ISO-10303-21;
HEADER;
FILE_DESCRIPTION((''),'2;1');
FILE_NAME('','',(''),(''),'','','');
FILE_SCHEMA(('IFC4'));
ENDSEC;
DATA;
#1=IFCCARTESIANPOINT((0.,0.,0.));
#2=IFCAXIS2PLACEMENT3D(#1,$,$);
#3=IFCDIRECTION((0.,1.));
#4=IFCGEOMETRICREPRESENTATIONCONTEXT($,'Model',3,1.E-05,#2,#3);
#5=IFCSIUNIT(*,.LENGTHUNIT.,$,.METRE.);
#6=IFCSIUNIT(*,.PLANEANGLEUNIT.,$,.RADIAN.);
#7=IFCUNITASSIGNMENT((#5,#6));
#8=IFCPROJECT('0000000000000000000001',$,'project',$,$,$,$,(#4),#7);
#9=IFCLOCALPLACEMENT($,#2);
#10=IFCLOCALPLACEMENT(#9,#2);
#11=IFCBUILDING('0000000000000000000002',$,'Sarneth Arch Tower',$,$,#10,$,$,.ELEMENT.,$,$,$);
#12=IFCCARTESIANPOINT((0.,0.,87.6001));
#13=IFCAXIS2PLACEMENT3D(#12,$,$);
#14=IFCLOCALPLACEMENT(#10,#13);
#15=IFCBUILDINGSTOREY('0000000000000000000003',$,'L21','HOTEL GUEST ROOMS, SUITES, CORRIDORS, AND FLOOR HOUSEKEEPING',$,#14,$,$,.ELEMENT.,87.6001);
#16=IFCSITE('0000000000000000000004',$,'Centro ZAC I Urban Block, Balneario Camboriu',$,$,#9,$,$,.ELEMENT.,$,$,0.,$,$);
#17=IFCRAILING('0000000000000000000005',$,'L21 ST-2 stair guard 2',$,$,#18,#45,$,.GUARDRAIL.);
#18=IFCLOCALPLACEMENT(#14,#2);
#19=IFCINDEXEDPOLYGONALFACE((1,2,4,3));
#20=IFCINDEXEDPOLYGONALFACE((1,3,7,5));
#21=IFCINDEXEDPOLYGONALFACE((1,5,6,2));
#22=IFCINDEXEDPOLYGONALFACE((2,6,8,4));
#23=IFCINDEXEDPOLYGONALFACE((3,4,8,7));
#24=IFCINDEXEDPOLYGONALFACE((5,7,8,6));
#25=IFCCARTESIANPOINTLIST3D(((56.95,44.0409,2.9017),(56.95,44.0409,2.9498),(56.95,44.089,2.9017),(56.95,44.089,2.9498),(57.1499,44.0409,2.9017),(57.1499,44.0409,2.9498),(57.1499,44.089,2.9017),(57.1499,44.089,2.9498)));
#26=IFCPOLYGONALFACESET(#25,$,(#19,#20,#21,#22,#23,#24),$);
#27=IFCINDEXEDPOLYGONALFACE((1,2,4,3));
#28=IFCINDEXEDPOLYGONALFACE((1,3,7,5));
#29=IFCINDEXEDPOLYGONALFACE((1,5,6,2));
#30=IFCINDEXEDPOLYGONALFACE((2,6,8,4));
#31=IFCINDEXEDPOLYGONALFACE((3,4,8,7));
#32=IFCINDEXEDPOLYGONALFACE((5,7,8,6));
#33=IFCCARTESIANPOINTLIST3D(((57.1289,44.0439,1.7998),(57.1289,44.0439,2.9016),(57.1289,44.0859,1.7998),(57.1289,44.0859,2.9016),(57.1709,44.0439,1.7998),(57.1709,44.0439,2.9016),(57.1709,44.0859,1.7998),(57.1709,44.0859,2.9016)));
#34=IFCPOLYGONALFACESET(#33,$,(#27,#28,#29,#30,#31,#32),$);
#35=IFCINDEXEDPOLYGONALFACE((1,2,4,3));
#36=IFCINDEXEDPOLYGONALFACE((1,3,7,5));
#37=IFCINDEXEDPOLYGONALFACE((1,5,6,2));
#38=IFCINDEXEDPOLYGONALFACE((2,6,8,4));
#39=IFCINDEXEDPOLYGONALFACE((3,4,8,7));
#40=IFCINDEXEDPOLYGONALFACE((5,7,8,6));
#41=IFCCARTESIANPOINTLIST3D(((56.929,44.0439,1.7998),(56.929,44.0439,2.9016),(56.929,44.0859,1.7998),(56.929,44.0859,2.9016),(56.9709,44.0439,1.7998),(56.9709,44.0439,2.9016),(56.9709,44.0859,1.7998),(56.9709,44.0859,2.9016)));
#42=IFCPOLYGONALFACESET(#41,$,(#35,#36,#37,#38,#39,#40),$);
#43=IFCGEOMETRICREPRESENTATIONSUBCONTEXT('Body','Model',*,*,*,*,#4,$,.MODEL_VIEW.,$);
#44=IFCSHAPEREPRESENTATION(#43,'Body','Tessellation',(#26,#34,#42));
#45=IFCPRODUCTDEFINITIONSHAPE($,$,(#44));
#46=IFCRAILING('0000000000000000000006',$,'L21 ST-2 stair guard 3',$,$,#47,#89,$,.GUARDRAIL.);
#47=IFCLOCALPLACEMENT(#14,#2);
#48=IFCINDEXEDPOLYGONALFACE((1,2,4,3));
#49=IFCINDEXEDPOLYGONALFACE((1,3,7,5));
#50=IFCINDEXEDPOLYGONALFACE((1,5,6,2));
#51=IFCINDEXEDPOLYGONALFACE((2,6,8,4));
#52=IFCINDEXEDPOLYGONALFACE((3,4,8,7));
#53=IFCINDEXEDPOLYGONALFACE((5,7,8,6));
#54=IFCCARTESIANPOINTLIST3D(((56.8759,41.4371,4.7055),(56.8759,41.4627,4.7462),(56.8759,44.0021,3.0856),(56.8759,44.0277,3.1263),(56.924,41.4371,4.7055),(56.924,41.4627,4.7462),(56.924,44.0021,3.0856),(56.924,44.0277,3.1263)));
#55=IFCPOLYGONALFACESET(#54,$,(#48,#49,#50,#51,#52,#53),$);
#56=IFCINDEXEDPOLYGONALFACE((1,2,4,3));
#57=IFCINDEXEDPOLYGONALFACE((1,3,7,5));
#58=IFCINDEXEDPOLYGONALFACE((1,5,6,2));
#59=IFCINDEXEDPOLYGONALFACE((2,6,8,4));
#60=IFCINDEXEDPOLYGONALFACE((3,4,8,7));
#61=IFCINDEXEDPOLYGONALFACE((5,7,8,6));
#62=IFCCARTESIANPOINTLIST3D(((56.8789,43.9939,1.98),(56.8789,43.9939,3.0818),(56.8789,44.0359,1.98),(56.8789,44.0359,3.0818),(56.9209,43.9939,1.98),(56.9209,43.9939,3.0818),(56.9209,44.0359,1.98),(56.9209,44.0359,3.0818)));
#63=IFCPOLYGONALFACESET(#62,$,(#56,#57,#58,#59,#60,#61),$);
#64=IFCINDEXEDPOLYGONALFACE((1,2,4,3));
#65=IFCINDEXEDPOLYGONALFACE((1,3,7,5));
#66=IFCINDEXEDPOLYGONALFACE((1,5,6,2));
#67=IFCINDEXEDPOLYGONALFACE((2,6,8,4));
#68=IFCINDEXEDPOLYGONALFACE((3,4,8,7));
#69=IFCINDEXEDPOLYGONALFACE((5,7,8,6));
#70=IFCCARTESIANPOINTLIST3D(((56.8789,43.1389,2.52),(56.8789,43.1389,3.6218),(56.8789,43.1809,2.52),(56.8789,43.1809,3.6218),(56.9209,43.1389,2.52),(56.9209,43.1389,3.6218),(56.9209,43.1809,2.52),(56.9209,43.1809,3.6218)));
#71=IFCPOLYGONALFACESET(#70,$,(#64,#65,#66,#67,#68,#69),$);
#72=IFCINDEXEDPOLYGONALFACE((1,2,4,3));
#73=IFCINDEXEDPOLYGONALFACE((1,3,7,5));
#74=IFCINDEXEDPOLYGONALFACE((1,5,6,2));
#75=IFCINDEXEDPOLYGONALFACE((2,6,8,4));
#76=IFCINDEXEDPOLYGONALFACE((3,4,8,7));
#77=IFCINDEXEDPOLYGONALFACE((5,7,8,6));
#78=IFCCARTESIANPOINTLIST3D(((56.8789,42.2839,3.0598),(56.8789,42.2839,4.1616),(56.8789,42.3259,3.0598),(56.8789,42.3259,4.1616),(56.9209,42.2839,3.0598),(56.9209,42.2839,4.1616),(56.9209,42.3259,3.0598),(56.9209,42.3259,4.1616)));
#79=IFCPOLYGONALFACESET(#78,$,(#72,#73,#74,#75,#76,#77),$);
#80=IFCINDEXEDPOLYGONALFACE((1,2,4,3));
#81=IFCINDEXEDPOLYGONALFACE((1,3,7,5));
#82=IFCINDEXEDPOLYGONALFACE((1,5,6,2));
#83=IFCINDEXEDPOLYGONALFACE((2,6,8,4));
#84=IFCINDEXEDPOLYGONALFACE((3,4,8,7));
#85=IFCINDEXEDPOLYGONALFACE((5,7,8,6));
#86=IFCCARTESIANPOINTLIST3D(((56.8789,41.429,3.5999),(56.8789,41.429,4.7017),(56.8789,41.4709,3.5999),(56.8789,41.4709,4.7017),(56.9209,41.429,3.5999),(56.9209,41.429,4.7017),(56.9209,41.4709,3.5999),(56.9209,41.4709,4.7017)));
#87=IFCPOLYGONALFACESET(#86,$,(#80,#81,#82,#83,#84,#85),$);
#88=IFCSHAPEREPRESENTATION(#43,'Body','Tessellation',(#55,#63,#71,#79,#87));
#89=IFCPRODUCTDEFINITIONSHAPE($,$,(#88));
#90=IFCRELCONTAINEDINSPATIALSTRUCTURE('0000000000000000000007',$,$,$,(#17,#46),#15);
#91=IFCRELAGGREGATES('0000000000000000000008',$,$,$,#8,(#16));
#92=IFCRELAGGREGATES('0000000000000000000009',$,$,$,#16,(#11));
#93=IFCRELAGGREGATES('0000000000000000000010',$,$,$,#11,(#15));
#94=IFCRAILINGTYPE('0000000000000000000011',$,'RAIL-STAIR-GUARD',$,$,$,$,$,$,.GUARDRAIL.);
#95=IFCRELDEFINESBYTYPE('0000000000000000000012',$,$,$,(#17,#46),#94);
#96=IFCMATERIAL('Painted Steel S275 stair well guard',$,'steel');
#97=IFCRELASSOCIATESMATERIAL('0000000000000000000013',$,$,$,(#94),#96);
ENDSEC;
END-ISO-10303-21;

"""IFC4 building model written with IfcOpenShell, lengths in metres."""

from ifc_helpers import new_model, si_unit, direction, frame, origin, origin_2d, place, context, subcontext, project, spatial, rectangle, extrude, material, type_object, element, save


model = new_model("IFC4")

# Units and contexts
model_context = context("Model", 3, precision=1e-05, world=origin(), true_north=direction((0.0, 1.0)))
body_context = subcontext(model_context, "Body", "Model", "MODEL_VIEW")
ifc_project = project(units=[si_unit("LENGTHUNIT", "METRE"), si_unit("PLANEANGLEUNIT", "RADIAN")], contexts=[model_context])

# Site, building, storey
site_placement = place(None, origin())
site = spatial("IfcSite", under=ifc_project, at=site_placement, Name="Centro ZAC I Urban Block, Balneario Camboriu", CompositionType="ELEMENT", RefElevation=0.0)
building_placement = place(site_placement, origin())
building = spatial("IfcBuilding", under=site, at=building_placement, Name="Sarneth Arch Tower", CompositionType="ELEMENT")
storey_placement = place(building_placement, frame((0.0, 0.0, 87.6001)))
storey = spatial("IfcBuildingStorey", under=building, at=storey_placement, Name="L21", Description="HOTEL GUEST ROOMS, SUITES, CORRIDORS, AND FLOOR HOUSEKEEPING", CompositionType="ELEMENT", Elevation=87.6001)

# Railings
ifc_material_1 = material(Name="Painted Steel S275 stair well guard", Category="steel")
railing_type_1 = type_object("IfcRailingType", Name="RAIL-STAIR-GUARD", PredefinedType="GUARDRAIL", material=ifc_material_1)
railing_1_placement = place(storey_placement, frame((57.1499, 44.0649, 1.7998)))
element("IfcRailing", 1, at=railing_1_placement, inside=storey, type_object=railing_type_1, Name="L21 ST-2 stair guard 2", PredefinedType="GUARDRAIL", context=body_context, shape_type="SweptSolid", body=[
    extrude(rectangle(XDim=0.0481, YDim=0.0481, at=origin_2d()), frame((0.0, 0.0, 1.126), z_axis=(-1.0, 0.0, 0.0), x_axis=(0.0, -1.0, 0.0)), (0.0, 0.0, 1.0), 0.2),
    extrude(rectangle(XDim=0.042, YDim=0.042, at=origin_2d()), origin(), (0.0, 0.0, 1.0), 1.1018),
    extrude(rectangle(XDim=0.042, YDim=0.042, at=origin_2d()), frame((-0.2, 0.0, 0.0)), (0.0, 0.0, 1.0), 1.1018),
])
railing_2_placement = place(storey_placement, frame((56.8999, 44.0149, 1.98)))
element("IfcRailing", 2, at=railing_2_placement, inside=storey, type_object=railing_type_1, Name="L21 ST-2 stair guard 3", PredefinedType="GUARDRAIL", context=body_context, shape_type="SweptSolid", body=[
    extrude(rectangle(XDim=0.0481, YDim=0.0481, at=origin_2d()), frame((0.0, 0.0, 1.126), z_axis=(0.0, -0.845502, 0.533972), x_axis=(1.0, 0.0, 0.0)), (0.0, 0.0, 1.0), 3.0337),
    extrude(rectangle(XDim=0.042, YDim=0.042, at=origin_2d()), origin(), (0.0, 0.0, 1.0), 1.1018),
    extrude(rectangle(XDim=0.042, YDim=0.042, at=origin_2d()), frame((0.0, -0.855, 0.54)), (0.0, 0.0, 1.0), 1.1018),
    extrude(rectangle(XDim=0.042, YDim=0.042, at=origin_2d()), frame((0.0, -1.71, 1.0798)), (0.0, 0.0, 1.0), 1.1018),
    extrude(rectangle(XDim=0.042, YDim=0.042, at=origin_2d()), frame((0.0, -2.5649, 1.6199)), (0.0, 0.0, 1.0), 1.1018),
])

save(model, "model.ifc")
